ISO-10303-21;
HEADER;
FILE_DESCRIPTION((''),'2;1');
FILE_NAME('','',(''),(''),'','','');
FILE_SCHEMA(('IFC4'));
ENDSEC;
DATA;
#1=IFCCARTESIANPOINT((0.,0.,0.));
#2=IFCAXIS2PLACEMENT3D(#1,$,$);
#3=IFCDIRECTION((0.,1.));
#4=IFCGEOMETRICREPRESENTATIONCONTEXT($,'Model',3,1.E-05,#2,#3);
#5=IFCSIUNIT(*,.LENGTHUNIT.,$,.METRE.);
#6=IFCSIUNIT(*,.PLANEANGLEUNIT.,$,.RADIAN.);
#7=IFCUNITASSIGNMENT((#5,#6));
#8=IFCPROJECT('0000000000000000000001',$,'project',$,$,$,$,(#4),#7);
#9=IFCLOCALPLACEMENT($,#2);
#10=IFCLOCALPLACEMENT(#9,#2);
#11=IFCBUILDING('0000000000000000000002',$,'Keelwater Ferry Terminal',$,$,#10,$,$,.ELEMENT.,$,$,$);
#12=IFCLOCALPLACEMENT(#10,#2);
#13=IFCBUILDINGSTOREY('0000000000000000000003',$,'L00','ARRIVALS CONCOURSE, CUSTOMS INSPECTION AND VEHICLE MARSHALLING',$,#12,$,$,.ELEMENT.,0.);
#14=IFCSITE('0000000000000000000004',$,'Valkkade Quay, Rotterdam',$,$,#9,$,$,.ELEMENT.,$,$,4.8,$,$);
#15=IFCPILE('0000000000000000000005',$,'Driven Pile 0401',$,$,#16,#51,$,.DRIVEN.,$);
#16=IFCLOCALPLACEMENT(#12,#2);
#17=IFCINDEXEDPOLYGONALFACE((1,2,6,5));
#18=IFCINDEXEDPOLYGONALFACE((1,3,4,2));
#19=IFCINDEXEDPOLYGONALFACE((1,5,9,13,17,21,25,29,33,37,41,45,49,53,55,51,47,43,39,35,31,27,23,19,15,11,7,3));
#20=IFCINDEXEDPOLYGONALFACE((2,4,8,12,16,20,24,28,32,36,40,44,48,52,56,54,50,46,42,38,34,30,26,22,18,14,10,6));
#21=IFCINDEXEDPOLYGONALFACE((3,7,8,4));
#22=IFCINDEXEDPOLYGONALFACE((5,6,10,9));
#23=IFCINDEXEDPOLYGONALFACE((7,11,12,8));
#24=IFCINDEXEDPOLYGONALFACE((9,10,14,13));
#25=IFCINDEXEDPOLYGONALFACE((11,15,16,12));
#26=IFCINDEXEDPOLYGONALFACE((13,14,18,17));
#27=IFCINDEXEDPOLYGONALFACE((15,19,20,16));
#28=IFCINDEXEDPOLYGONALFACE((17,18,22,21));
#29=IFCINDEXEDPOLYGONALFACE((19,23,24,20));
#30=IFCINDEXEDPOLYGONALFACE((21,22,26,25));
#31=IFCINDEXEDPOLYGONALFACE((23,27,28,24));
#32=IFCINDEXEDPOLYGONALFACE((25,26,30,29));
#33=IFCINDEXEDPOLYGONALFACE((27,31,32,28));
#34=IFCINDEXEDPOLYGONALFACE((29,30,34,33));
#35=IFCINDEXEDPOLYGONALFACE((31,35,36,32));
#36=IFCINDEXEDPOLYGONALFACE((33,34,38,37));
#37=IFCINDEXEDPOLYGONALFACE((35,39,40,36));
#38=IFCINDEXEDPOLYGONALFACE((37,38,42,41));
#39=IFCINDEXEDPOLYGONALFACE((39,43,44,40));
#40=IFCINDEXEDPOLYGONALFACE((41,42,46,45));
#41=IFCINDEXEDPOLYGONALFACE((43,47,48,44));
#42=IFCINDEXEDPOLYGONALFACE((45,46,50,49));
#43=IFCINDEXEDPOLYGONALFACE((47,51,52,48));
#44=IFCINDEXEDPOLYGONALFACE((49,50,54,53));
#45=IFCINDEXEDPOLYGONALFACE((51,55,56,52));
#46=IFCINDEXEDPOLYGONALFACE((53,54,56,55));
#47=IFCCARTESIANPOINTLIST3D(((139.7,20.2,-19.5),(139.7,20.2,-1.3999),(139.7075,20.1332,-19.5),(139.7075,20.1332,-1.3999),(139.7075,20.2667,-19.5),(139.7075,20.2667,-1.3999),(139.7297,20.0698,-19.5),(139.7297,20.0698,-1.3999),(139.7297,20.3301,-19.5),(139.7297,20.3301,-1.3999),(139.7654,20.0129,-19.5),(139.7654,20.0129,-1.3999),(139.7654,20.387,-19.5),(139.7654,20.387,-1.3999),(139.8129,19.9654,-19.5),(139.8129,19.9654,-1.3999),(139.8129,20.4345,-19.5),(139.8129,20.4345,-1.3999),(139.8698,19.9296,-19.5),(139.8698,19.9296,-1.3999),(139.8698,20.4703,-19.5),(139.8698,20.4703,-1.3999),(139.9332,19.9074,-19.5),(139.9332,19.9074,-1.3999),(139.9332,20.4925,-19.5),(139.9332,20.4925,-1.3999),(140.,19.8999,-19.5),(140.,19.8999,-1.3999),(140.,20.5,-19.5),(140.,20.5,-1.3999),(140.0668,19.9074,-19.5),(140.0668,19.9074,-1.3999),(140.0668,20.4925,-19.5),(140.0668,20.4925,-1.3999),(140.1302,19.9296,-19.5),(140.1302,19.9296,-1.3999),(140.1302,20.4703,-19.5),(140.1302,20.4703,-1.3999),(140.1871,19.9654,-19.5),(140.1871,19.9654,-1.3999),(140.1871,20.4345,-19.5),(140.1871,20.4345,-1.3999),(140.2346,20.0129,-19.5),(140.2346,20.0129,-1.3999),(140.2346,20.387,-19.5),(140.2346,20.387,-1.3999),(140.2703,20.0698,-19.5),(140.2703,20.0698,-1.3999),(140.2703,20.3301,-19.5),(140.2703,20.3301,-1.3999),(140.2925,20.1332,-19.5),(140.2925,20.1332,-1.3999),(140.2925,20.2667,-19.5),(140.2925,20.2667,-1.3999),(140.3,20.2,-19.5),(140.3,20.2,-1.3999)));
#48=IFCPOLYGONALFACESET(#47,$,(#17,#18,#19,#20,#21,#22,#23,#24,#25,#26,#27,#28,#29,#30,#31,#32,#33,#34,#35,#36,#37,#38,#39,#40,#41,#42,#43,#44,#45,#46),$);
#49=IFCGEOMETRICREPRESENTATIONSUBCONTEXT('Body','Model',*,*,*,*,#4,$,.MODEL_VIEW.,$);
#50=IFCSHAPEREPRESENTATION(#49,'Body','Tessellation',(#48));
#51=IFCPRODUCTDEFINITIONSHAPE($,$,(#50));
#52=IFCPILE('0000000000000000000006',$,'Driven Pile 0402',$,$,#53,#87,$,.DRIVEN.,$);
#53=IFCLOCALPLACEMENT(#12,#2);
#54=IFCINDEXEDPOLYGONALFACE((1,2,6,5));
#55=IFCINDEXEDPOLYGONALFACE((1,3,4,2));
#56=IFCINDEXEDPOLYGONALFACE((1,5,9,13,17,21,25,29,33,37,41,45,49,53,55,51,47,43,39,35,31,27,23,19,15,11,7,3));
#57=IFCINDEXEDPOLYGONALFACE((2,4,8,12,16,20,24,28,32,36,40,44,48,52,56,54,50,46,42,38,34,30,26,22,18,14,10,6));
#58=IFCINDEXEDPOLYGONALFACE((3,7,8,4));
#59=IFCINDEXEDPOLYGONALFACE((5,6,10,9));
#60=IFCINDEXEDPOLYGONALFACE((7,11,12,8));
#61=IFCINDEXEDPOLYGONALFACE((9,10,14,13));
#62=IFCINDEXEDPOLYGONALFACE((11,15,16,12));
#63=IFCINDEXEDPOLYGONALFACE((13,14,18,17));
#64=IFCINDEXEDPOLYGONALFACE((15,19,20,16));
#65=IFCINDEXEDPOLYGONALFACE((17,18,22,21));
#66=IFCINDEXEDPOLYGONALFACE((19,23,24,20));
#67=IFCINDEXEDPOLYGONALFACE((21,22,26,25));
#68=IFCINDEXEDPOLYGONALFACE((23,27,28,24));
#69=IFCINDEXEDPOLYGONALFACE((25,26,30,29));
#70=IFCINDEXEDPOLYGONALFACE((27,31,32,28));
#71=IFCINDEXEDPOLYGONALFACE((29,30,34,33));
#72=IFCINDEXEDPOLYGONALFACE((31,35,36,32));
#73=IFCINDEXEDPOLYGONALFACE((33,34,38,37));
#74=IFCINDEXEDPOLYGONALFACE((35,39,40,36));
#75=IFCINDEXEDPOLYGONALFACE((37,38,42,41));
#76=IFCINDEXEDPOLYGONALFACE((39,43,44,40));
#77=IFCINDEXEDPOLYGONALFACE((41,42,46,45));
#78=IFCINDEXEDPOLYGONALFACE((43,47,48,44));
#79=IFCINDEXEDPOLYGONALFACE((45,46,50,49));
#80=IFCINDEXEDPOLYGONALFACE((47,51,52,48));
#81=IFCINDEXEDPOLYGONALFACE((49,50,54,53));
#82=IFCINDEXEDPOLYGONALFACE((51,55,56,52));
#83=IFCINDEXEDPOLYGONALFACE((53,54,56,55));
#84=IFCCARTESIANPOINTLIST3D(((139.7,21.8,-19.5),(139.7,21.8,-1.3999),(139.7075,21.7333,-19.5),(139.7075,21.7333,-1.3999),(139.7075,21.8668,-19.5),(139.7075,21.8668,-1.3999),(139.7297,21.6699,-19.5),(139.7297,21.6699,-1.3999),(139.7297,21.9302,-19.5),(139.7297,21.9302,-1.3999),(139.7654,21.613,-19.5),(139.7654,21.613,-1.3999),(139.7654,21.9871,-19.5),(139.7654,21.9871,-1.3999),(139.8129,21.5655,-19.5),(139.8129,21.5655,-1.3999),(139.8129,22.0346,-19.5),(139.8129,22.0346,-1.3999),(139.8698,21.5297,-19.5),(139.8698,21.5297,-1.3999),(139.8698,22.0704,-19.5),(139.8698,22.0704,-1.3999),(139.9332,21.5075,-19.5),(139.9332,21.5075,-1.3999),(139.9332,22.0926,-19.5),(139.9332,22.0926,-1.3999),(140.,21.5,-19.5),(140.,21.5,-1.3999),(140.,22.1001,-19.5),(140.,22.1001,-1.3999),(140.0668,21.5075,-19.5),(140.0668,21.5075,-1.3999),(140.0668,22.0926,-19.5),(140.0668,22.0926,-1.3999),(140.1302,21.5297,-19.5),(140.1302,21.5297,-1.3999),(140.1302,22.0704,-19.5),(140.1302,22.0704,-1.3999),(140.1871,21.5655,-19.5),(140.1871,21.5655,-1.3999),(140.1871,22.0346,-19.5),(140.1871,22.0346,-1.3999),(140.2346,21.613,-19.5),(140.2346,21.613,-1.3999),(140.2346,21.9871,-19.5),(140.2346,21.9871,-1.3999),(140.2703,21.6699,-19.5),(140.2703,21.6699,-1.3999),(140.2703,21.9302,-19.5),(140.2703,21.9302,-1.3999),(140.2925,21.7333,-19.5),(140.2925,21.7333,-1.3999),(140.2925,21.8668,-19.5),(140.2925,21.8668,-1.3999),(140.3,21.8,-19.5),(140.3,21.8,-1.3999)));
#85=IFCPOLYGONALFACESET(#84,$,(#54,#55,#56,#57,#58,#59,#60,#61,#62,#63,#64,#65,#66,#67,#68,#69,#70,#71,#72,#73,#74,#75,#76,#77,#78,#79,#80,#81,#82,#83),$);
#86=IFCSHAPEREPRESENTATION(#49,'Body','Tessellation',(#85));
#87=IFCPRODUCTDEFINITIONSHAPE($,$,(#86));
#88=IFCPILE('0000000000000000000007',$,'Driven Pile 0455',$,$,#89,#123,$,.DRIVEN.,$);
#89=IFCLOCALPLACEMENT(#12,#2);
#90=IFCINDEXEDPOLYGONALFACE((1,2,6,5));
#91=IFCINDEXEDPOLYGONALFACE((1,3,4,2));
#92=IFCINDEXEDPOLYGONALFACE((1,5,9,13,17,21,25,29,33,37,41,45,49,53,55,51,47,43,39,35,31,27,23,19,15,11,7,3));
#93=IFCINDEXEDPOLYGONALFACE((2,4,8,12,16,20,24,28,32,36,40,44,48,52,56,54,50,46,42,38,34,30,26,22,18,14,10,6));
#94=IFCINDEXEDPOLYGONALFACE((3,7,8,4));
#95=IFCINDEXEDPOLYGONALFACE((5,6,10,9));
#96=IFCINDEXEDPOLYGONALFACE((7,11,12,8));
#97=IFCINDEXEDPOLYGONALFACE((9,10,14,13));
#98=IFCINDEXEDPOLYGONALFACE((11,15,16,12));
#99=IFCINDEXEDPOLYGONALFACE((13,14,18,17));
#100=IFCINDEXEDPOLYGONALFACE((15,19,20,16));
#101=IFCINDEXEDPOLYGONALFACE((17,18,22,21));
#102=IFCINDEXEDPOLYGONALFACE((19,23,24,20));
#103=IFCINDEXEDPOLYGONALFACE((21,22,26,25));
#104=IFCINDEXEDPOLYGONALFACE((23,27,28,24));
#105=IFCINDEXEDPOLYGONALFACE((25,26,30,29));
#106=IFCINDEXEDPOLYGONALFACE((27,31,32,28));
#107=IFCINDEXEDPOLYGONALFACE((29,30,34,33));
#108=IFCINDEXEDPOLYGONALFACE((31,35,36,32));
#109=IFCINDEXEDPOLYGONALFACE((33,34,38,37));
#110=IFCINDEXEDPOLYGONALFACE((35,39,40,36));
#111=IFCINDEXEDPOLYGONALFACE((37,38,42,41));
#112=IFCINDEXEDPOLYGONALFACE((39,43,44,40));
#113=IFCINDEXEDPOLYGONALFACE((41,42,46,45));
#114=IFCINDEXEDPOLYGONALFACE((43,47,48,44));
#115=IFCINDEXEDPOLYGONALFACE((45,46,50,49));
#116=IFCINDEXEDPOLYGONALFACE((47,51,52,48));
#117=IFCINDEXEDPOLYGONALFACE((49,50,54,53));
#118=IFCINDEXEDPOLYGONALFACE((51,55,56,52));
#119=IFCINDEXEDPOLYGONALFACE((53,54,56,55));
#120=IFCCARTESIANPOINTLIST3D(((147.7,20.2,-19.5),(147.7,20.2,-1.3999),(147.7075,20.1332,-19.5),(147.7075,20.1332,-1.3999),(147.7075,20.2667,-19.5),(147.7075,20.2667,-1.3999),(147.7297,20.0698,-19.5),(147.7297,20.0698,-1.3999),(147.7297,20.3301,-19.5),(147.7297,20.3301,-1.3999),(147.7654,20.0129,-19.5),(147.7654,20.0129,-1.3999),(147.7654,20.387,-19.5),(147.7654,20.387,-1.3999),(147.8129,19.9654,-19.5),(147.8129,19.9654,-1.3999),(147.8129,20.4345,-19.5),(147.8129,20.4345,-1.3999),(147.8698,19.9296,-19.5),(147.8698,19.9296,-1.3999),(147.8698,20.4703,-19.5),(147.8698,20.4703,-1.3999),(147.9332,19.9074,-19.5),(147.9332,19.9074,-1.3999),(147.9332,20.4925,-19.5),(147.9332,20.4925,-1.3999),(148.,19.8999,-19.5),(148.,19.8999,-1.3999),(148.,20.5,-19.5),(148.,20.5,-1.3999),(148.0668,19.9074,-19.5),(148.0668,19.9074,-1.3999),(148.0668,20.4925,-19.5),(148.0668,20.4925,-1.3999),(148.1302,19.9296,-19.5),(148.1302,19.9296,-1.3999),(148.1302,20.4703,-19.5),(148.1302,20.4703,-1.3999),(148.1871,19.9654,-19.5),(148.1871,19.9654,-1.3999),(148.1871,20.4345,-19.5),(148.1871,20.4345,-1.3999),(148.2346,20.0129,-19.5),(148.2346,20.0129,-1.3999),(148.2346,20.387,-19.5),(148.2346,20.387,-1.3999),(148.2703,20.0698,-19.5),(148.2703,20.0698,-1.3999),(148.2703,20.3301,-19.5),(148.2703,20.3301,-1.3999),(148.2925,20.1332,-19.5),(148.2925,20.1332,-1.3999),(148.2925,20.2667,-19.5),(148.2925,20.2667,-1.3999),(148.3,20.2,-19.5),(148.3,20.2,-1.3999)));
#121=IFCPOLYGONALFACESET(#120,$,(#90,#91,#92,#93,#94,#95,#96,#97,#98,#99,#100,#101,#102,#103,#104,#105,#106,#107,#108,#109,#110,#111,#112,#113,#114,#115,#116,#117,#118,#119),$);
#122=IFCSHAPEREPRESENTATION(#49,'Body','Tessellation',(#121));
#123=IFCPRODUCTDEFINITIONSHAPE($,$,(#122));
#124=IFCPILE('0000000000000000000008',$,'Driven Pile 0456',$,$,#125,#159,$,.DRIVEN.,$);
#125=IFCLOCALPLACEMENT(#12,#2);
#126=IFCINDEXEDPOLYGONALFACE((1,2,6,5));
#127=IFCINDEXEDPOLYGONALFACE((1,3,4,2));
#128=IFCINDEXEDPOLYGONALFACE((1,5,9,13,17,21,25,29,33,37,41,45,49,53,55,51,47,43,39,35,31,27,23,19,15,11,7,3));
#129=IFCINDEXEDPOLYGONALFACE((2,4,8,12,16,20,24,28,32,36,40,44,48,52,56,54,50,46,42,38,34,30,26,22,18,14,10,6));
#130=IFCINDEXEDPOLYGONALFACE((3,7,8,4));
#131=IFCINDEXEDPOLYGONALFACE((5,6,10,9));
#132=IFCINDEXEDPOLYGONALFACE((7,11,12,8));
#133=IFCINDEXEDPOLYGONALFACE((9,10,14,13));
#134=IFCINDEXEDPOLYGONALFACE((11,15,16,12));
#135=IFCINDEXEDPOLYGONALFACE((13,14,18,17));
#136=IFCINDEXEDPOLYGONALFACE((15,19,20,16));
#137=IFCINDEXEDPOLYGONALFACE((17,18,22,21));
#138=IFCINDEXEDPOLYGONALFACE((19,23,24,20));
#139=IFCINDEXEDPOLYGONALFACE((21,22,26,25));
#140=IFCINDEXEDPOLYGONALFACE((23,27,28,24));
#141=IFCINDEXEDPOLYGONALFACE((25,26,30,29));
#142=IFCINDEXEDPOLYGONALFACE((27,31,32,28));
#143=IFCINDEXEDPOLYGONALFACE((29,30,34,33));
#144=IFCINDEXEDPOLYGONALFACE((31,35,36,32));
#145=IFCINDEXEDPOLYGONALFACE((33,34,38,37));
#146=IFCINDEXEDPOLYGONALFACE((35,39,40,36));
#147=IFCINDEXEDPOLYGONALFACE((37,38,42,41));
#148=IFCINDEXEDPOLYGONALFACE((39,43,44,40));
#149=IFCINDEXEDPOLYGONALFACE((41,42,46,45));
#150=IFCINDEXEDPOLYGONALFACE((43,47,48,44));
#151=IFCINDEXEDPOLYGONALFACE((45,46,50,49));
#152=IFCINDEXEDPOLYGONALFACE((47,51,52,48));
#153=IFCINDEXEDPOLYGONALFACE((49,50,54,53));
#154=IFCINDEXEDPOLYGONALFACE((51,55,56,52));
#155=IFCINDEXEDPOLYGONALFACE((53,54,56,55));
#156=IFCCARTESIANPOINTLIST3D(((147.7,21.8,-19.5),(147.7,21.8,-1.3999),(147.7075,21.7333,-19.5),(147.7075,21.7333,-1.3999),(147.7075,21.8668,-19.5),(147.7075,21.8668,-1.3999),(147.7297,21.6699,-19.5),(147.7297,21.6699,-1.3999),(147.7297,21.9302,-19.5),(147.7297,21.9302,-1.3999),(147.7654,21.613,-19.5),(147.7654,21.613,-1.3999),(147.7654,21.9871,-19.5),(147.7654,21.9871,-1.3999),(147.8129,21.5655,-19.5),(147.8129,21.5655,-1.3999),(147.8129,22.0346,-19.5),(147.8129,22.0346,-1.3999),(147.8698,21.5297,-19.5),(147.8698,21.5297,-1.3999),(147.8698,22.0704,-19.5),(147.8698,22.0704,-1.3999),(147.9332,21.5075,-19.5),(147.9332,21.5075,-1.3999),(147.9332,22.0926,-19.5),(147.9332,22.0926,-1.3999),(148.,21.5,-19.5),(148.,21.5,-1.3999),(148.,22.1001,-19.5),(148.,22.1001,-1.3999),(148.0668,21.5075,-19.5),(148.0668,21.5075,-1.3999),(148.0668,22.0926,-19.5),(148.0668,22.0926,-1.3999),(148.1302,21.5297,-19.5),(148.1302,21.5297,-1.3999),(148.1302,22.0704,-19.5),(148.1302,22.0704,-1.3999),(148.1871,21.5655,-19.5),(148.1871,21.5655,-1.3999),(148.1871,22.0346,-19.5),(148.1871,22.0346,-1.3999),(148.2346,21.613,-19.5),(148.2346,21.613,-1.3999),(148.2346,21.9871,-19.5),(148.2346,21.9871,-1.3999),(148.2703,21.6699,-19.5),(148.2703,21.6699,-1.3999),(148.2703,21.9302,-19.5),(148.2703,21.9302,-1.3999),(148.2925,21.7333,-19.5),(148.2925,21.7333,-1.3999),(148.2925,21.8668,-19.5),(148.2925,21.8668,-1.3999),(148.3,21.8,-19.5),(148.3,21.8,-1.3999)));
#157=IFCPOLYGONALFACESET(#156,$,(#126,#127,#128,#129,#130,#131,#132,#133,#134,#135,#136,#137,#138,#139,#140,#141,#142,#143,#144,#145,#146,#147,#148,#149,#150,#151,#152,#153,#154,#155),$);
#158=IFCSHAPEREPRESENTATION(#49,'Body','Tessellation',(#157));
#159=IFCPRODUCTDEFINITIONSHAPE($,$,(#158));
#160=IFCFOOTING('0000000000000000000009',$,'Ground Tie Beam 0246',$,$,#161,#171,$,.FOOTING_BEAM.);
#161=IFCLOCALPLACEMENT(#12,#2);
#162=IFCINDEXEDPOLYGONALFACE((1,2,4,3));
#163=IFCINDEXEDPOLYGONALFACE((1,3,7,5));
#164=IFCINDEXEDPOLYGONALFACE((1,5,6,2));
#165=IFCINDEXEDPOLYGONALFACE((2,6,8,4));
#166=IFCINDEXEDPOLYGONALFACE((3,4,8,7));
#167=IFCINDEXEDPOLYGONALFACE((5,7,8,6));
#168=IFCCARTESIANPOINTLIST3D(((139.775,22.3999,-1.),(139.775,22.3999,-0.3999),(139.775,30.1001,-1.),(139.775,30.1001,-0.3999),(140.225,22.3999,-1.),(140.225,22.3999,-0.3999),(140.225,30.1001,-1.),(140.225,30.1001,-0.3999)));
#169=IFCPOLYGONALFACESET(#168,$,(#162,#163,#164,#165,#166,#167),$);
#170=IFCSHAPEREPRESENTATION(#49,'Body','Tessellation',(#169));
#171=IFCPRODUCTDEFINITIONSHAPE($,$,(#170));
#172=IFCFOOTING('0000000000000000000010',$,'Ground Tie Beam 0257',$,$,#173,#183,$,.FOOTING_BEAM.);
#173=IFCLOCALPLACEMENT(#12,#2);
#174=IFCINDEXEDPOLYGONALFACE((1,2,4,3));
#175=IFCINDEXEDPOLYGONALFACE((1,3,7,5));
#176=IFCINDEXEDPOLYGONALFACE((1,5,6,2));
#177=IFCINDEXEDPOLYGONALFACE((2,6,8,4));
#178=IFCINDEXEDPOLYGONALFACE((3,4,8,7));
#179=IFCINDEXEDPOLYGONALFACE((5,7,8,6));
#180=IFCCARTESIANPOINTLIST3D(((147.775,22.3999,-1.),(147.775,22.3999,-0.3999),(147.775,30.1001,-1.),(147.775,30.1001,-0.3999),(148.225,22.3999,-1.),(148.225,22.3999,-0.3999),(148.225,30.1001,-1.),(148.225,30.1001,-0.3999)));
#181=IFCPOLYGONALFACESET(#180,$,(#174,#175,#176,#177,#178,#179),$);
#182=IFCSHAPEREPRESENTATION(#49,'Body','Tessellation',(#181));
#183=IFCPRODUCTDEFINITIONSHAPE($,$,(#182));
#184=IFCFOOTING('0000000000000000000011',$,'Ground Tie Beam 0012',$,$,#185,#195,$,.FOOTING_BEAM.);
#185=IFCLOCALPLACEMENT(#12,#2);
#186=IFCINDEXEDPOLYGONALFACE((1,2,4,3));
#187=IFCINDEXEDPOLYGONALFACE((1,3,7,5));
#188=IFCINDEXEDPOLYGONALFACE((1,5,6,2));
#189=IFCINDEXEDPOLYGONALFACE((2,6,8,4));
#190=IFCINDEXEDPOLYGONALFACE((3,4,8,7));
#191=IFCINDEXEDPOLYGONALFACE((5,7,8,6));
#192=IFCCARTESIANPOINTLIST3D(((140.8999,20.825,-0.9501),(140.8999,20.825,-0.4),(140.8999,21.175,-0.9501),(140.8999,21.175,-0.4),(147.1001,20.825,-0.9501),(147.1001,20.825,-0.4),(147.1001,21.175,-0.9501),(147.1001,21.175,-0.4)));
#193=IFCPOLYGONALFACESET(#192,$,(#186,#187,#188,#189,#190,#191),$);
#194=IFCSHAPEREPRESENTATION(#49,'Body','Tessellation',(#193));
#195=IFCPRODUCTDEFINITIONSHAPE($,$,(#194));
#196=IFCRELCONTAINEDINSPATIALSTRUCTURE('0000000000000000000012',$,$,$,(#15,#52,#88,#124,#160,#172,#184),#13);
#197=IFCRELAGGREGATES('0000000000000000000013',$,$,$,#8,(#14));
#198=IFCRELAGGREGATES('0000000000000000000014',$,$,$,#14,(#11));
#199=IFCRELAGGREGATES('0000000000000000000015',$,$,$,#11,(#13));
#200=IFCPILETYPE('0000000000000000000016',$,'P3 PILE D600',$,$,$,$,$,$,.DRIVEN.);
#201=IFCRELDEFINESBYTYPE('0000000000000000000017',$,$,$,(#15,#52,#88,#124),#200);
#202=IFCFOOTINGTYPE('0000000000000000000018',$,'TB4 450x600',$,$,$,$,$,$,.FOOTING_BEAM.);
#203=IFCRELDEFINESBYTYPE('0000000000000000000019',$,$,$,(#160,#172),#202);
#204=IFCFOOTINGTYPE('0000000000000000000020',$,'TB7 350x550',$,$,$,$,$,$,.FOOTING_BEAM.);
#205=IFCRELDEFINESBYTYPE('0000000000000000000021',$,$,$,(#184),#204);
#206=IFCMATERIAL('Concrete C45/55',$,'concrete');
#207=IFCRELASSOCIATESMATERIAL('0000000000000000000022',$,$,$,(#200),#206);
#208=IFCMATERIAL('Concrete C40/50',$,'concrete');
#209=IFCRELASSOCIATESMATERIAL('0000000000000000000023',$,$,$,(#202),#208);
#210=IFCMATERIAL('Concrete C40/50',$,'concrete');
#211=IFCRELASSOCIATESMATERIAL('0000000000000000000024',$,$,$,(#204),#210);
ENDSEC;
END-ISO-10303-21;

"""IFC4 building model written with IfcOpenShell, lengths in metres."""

from ifc_helpers import new_model, si_unit, direction, frame, origin, origin_2d, place, context, subcontext, project, spatial, rectangle, circle, extrude, material, material_profile, profile_set, type_object, element, save


model = new_model("IFC4")

# Units and contexts
model_context = context("Model", 3, precision=1e-05, world=origin(), true_north=direction((0.0, 1.0)))
body_context = subcontext(model_context, "Body", "Model", "MODEL_VIEW")
ifc_project = project(units=[si_unit("LENGTHUNIT", "METRE"), si_unit("PLANEANGLEUNIT", "RADIAN")], contexts=[model_context])

# Site, building, storey
site_placement = place(None, origin())
site = spatial("IfcSite", under=ifc_project, at=site_placement, Name="Valkkade Quay, Rotterdam", CompositionType="ELEMENT", RefElevation=4.8)
building_placement = place(site_placement, origin())
building = spatial("IfcBuilding", under=site, at=building_placement, Name="Keelwater Ferry Terminal", CompositionType="ELEMENT")
storey_placement = place(building_placement, origin())
storey = spatial("IfcBuildingStorey", under=building, at=storey_placement, Name="L00", Description="ARRIVALS CONCOURSE, CUSTOMS INSPECTION AND VEHICLE MARSHALLING", CompositionType="ELEMENT", Elevation=0.0)

# Piles
ifc_material_1 = material(Name="Concrete C45/55", Category="concrete")
ifc_material_profile_1 = material_profile(ifc_material_1, circle(Radius=0.3, at=origin_2d()), Name="PILE D600")
ifc_profile_set_1 = profile_set([ifc_material_profile_1], Name="Concrete C45/55")
pile_type = type_object("IfcPileType", Name="P3 PILE D600", PredefinedType="DRIVEN", material=ifc_profile_set_1)
for number, where, z_axis, x_axis, name in (
    (1, (140.0, 20.2, -1.3999), (0.0, 0.0, -1.0), (1.0, 0.0, 0.0), "Driven Pile 0401"),
    (2, (140.0, 21.8, -1.3999), (0.0, 0.0, -1.0), (1.0, 0.0, 0.0), "Driven Pile 0402"),
    (3, (148.0, 20.2, -1.3999), (0.0, 0.0, -1.0), (1.0, 0.0, 0.0), "Driven Pile 0455"),
    (4, (148.0, 21.8, -1.3999), (0.0, 0.0, -1.0), (1.0, 0.0, 0.0), "Driven Pile 0456"),
):
    element("IfcPile", number, at=place(storey_placement, frame(where, z_axis=z_axis, x_axis=x_axis)), inside=storey, type_object=pile_type, Name=name, PredefinedType="DRIVEN", context=body_context, shape_type="SweptSolid", body=[
        extrude(circle(Radius=0.3, at=origin_2d()), origin(), (0.0, 0.0, 1.0), 18.1001),
    ])

# Footings
ifc_material_2 = material(Name="Concrete C40/50", Category="concrete")
ifc_material_profile_2 = material_profile(ifc_material_2, rectangle(XDim=0.45, YDim=0.6001, at=origin_2d()), Name="TB 450x600")
ifc_profile_set_2 = profile_set([ifc_material_profile_2], Name="Concrete C40/50")
footing_type_1 = type_object("IfcFootingType", Name="TB4 450x600", PredefinedType="FOOTING_BEAM", material=ifc_profile_set_2)
for number, where, z_axis, x_axis, name in (
    (5, (140.0, 22.3999, -0.7), (0.0, 1.0, 0.0), (-1.0, 0.0, 0.0), "Ground Tie Beam 0246"),
    (6, (148.0, 22.3999, -0.7), (0.0, 1.0, 0.0), (-1.0, 0.0, 0.0), "Ground Tie Beam 0257"),
):
    element("IfcFooting", number, at=place(storey_placement, frame(where, z_axis=z_axis, x_axis=x_axis)), inside=storey, type_object=footing_type_1, Name=name, PredefinedType="FOOTING_BEAM", context=body_context, shape_type="SweptSolid", body=[
        extrude(rectangle(XDim=0.45, YDim=0.6001, at=origin_2d()), origin(), (0.0, 0.0, 1.0), 7.7002),
    ])
ifc_material_3 = material(Name="Concrete C40/50", Category="concrete")
ifc_material_profile_3 = material_profile(ifc_material_3, rectangle(XDim=0.3501, YDim=0.55, at=origin_2d()), Name="TB 350x550")
ifc_profile_set_3 = profile_set([ifc_material_profile_3], Name="Concrete C40/50")
footing_type_2 = type_object("IfcFootingType", Name="TB7 350x550", PredefinedType="FOOTING_BEAM", material=ifc_profile_set_3)
footing_placement = place(storey_placement, frame((140.8999, 21.0, -0.675), z_axis=(1.0, 0.0, 0.0), x_axis=(0.0, 1.0, 0.0)))
element("IfcFooting", 7, at=footing_placement, inside=storey, type_object=footing_type_2, Name="Ground Tie Beam 0012", PredefinedType="FOOTING_BEAM", context=body_context, shape_type="SweptSolid", body=[
    extrude(rectangle(XDim=0.3501, YDim=0.55, at=origin_2d()), origin(), (0.0, 0.0, 1.0), 6.2002),
])

save(model, "model.ifc")
